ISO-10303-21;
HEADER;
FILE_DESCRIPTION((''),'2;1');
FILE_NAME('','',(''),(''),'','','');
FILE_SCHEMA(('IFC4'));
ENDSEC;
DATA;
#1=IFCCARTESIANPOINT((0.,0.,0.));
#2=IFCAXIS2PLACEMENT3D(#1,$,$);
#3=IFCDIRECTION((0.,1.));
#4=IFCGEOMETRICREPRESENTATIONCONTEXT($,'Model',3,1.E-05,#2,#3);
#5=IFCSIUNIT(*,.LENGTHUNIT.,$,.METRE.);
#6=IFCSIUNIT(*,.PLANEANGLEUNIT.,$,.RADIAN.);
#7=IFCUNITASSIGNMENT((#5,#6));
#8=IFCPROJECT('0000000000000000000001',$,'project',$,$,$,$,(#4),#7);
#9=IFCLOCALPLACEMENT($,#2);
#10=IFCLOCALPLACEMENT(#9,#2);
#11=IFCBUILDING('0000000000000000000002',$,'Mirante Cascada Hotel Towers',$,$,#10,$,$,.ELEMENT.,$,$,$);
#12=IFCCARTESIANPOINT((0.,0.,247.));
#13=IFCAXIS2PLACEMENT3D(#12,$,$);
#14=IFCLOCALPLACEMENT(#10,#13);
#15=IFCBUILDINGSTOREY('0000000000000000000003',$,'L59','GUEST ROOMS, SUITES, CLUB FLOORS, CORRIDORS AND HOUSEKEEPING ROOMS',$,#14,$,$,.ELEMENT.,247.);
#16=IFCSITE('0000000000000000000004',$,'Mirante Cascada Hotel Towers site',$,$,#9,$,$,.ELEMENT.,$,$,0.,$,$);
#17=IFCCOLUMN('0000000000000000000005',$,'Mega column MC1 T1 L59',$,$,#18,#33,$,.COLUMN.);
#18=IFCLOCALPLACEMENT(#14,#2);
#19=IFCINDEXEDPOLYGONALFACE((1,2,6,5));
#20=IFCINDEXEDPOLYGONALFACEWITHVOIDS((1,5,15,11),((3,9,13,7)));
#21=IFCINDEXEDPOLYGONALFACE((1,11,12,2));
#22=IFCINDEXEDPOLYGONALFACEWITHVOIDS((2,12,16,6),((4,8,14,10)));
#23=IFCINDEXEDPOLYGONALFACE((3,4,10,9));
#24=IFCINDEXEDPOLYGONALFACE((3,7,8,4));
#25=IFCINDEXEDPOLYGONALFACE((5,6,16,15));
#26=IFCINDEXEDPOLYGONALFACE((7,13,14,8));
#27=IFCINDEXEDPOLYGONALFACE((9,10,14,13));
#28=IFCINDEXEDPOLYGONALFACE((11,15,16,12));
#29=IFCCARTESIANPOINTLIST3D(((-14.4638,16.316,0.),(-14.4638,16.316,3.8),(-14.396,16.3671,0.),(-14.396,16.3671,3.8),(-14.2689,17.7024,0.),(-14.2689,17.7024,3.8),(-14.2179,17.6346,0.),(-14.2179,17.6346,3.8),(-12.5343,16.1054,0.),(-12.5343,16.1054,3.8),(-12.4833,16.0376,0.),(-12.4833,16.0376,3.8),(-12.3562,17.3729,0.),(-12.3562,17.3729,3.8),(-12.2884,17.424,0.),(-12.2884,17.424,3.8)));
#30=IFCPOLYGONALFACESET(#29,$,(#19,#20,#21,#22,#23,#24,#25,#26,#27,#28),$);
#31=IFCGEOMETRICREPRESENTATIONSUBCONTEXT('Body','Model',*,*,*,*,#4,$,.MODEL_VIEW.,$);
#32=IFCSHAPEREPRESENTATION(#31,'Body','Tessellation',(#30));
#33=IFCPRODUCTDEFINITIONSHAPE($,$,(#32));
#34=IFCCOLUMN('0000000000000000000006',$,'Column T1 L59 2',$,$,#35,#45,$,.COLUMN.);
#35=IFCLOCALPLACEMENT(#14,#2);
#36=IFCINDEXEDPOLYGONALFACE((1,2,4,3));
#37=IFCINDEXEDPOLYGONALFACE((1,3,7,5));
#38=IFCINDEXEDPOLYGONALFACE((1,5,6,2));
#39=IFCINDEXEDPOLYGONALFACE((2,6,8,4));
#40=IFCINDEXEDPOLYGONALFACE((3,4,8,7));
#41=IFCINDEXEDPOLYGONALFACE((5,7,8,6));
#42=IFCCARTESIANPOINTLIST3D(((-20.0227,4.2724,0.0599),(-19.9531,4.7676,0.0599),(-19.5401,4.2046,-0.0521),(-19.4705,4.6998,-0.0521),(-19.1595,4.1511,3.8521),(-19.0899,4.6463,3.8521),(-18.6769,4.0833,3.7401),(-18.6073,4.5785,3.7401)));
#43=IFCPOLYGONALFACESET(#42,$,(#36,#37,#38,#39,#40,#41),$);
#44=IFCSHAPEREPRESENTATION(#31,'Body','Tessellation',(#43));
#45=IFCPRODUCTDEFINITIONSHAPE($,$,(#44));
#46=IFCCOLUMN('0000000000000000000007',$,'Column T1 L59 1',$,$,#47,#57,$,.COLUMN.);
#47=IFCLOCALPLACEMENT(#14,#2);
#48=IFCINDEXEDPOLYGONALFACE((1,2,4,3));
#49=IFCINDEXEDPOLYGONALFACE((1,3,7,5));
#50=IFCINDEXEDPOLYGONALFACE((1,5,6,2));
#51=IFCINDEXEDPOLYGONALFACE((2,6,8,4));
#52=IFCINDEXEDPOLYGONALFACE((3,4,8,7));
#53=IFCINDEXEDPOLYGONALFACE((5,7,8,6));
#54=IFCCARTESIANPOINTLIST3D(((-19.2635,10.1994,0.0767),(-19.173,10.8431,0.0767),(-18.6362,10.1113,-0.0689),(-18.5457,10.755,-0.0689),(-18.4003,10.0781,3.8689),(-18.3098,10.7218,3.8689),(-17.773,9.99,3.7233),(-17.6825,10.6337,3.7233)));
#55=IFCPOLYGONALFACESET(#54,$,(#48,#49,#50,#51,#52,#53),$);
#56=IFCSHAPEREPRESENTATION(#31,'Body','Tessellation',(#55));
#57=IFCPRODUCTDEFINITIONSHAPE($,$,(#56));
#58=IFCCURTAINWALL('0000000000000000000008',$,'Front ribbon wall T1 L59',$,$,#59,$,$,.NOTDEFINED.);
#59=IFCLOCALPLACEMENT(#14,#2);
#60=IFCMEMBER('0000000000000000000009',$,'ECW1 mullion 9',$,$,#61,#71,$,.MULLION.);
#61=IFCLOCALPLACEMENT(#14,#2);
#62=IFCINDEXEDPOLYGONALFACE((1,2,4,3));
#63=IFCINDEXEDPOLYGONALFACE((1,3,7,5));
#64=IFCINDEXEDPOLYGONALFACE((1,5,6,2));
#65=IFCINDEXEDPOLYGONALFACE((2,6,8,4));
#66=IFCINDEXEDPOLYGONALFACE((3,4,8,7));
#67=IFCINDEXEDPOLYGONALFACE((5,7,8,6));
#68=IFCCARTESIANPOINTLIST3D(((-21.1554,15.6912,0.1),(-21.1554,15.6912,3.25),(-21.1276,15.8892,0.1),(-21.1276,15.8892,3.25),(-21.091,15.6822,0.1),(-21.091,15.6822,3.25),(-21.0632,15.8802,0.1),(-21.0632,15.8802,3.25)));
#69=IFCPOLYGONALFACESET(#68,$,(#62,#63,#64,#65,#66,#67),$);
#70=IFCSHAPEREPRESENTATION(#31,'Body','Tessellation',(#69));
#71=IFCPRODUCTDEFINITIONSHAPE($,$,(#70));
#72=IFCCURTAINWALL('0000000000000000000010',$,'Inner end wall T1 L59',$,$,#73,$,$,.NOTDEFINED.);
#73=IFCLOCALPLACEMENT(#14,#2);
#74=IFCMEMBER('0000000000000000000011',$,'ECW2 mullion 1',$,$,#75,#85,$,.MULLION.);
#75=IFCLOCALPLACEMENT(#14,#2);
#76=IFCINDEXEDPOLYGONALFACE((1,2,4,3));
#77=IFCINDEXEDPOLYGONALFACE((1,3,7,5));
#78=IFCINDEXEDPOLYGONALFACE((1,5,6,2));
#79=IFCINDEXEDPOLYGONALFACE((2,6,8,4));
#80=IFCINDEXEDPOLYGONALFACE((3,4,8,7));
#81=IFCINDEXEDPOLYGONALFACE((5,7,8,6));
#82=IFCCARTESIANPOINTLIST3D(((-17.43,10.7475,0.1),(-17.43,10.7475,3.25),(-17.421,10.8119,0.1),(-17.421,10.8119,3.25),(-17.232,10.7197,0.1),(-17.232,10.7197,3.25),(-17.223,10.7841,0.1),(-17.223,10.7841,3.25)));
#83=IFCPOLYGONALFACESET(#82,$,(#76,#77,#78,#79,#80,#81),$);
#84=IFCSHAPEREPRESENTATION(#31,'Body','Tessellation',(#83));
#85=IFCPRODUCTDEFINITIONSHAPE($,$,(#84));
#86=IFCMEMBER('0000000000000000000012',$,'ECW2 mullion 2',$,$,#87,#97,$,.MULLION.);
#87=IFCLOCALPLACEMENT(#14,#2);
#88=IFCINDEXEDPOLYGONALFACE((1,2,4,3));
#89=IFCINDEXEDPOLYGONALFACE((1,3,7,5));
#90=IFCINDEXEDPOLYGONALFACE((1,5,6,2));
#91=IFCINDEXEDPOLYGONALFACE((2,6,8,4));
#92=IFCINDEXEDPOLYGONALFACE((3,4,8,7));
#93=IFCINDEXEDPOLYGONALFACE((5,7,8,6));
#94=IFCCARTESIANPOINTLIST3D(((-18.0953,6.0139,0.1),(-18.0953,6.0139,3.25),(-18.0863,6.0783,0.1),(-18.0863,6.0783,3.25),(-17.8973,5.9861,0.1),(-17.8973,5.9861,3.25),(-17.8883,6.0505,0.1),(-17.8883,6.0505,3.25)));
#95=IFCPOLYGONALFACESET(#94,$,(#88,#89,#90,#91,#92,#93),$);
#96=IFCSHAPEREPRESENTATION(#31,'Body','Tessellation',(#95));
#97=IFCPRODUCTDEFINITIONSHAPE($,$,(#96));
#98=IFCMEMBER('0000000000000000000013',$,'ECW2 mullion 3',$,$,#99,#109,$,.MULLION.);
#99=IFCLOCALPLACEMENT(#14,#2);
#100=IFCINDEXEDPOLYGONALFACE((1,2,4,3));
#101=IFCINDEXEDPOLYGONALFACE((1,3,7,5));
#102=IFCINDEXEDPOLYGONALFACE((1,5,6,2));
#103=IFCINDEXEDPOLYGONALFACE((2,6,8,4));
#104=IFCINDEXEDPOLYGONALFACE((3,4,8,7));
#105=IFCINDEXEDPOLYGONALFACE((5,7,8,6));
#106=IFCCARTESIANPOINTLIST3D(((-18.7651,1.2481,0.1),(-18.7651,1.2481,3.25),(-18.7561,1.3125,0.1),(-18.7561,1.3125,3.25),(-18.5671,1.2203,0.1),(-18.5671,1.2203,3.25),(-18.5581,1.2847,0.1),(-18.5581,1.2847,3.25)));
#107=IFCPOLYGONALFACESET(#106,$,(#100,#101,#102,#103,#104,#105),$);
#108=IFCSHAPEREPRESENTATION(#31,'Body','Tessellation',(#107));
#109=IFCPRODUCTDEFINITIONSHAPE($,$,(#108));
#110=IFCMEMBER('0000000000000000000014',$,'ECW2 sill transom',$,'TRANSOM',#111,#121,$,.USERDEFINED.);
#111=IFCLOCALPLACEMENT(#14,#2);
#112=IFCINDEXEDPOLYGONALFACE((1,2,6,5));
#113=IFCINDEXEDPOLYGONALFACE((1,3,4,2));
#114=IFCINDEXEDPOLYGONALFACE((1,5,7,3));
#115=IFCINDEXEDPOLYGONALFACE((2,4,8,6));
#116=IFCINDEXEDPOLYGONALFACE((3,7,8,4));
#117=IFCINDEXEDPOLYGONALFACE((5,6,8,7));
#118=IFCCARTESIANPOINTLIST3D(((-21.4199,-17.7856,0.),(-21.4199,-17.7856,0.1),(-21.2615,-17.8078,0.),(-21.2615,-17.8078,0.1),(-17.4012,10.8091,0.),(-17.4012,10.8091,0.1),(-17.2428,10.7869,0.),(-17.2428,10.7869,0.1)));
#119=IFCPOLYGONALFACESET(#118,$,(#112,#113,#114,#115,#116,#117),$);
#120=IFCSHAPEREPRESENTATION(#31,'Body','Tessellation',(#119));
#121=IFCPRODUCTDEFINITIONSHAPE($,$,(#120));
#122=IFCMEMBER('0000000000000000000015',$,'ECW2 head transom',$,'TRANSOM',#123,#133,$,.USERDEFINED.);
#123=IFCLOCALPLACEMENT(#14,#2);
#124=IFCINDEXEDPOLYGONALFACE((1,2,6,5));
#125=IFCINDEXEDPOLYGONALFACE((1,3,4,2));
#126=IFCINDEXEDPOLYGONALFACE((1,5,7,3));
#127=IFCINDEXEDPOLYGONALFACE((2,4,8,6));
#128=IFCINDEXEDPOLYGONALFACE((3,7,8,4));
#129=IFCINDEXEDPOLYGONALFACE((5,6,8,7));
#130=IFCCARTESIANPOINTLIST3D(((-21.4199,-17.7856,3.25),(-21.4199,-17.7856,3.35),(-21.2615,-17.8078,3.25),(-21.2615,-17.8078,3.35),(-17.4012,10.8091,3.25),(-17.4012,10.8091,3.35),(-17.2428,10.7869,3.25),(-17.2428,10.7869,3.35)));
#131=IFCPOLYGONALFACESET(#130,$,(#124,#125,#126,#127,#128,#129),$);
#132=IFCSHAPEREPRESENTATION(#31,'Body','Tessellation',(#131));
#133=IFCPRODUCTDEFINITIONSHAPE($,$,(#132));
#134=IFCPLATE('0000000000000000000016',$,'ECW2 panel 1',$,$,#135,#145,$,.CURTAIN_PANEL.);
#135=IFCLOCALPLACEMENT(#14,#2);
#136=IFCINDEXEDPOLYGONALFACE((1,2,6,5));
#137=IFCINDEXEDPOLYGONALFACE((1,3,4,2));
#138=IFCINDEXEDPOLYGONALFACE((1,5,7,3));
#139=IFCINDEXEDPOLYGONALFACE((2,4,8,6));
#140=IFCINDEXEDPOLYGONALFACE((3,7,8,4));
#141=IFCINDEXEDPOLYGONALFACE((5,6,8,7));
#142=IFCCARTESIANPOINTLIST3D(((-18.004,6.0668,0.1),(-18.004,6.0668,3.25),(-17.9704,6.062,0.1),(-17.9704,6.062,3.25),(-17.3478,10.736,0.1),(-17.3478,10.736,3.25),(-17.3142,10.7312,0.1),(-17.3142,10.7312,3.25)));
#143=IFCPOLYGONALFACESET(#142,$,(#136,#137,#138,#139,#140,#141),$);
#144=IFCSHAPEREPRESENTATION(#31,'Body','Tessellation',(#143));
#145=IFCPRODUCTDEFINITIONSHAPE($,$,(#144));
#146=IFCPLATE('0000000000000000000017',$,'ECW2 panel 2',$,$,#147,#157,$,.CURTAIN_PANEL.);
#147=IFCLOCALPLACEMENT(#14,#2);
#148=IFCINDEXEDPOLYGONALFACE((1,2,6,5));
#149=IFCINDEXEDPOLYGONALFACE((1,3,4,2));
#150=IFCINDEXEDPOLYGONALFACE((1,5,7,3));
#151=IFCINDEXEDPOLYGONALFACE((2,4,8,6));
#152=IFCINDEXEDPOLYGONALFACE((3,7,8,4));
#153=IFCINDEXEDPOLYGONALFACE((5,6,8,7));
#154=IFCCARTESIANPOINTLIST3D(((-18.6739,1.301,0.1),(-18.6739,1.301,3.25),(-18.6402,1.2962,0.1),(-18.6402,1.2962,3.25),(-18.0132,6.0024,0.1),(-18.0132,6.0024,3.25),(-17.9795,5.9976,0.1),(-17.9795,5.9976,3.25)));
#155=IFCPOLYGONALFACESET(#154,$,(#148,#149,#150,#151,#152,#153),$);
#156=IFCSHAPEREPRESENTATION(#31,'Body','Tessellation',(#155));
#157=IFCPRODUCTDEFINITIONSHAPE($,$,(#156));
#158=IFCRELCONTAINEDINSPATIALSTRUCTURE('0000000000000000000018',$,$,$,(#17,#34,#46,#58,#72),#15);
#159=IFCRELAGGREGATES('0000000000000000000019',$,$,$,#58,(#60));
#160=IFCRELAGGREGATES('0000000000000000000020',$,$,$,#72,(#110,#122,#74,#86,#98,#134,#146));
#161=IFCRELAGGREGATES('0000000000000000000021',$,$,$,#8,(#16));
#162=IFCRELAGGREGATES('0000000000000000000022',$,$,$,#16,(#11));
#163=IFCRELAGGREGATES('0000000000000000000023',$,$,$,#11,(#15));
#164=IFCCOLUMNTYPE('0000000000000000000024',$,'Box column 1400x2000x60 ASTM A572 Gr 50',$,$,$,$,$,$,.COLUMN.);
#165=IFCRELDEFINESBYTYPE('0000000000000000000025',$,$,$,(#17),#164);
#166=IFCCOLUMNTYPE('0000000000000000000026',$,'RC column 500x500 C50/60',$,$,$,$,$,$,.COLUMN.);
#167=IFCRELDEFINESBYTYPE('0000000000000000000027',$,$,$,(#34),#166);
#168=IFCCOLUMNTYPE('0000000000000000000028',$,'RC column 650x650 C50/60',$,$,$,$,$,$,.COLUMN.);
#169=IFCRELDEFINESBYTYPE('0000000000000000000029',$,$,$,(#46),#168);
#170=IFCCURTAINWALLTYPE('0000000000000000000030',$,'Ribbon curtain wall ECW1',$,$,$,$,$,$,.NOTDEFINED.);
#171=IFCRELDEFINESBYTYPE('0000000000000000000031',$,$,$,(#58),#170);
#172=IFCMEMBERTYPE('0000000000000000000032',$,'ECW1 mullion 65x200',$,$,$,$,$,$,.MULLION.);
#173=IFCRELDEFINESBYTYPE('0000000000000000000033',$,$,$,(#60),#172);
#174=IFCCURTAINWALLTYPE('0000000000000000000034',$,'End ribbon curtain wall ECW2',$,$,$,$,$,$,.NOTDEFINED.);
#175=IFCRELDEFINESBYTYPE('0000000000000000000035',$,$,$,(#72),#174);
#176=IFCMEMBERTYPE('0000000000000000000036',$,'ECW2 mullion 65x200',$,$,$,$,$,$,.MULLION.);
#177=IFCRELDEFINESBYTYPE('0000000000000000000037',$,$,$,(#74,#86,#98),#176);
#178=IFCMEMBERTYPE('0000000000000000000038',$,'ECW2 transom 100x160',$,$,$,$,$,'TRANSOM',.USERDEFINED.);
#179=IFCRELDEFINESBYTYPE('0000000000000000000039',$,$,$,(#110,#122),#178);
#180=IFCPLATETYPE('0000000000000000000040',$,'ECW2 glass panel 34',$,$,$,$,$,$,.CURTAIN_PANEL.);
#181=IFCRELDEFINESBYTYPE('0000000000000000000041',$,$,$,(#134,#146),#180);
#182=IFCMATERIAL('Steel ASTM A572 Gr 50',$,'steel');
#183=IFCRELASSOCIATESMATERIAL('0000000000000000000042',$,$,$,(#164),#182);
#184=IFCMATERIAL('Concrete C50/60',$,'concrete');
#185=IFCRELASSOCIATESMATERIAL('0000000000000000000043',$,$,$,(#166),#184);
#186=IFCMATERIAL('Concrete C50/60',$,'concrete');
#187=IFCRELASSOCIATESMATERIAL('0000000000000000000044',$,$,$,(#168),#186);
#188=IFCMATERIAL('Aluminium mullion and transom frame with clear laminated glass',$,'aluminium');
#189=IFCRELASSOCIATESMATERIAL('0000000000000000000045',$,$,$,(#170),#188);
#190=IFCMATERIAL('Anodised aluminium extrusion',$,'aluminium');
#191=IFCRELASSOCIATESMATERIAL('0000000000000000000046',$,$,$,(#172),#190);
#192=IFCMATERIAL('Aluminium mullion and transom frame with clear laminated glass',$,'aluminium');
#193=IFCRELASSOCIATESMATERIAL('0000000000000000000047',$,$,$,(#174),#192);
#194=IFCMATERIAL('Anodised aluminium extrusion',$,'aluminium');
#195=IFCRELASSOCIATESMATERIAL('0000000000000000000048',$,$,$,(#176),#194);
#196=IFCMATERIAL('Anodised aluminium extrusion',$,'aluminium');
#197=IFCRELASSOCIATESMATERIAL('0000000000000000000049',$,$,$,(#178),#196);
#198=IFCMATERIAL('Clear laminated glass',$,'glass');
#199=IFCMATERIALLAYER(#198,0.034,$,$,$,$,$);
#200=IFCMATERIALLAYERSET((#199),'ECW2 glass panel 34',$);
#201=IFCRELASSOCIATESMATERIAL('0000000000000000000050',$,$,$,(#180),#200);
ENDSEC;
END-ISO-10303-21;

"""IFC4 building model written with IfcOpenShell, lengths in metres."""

from ifc_helpers import new_model, si_unit, direction, frame, origin, origin_2d, place, context, subcontext, project, spatial, rectangle, hollow_rectangle, extrude, material, layer, layer_set, material_profile, profile_set, type_object, element, aggregate, save


model = new_model("IFC4")

# Units and contexts
model_context = context("Model", 3, precision=1e-05, world=origin(), true_north=direction((0.0, 1.0)))
body_context = subcontext(model_context, "Body", "Model", "MODEL_VIEW")
ifc_project = project(units=[si_unit("LENGTHUNIT", "METRE"), si_unit("PLANEANGLEUNIT", "RADIAN")], contexts=[model_context])

# Site, building, storey
site_placement = place(None, origin())
site = spatial("IfcSite", under=ifc_project, at=site_placement, Name="Mirante Cascada Hotel Towers site", CompositionType="ELEMENT", RefElevation=0.0)
building_placement = place(site_placement, origin())
building = spatial("IfcBuilding", under=site, at=building_placement, Name="Mirante Cascada Hotel Towers", CompositionType="ELEMENT")
storey_placement = place(building_placement, frame((0.0, 0.0, 247.0)))
storey = spatial("IfcBuildingStorey", under=building, at=storey_placement, Name="L59", Description="GUEST ROOMS, SUITES, CLUB FLOORS, CORRIDORS AND HOUSEKEEPING ROOMS", CompositionType="ELEMENT", Elevation=247.0)

# Columns
ifc_material_1 = material(Name="Steel ASTM A572 Gr 50", Category="steel")
ifc_material_profile_1 = material_profile(ifc_material_1, hollow_rectangle(XDim=2.0, YDim=1.4, WallThickness=0.06, at=origin_2d()), Name="Box column 1400x2000x60 ASTM A572 Gr 50")
ifc_profile_set_1 = profile_set([ifc_material_profile_1], Name="Steel ASTM A572 Gr 50")
column_type_1 = type_object("IfcColumnType", Name="Box column 1400x2000x60 ASTM A572 Gr 50", PredefinedType="COLUMN", material=ifc_profile_set_1)
column_1_placement = place(storey_placement, frame((-13.3761, 16.87, 0.0), z_axis=(0.0, 0.0, 1.0), x_axis=(-0.990268, 0.139173, 0.0)))
element("IfcColumn", 1, at=column_1_placement, inside=storey, type_object=column_type_1, Name="Mega column MC1 T1 L59", PredefinedType="COLUMN", context=body_context, shape_type="SweptSolid", body=[
    extrude(hollow_rectangle(XDim=2.0, YDim=1.4, WallThickness=0.06, at=origin_2d()), origin(), (0.0, 0.0, 1.0), 3.8),
])
ifc_material_2 = material(Name="Concrete C50/60", Category="concrete")
ifc_material_profile_2 = material_profile(ifc_material_2, rectangle(XDim=0.5, YDim=0.5, at=origin_2d()), Name="RC column 500x500 C50/60")
ifc_profile_set_2 = profile_set([ifc_material_profile_2], Name="Concrete C50/60")
column_type_2 = type_object("IfcColumnType", Name="RC column 500x500 C50/60", PredefinedType="COLUMN", material=ifc_profile_set_2)
column_2_placement = place(storey_placement, frame((-19.7466, 4.4861, 0.0039), z_axis=(0.22184, -0.031174, 0.974585), x_axis=(0.139156, 0.99027, 0.0)))
element("IfcColumn", 2, at=column_2_placement, inside=storey, type_object=column_type_2, Name="Column T1 L59 2", PredefinedType="COLUMN", context=body_context, shape_type="SweptSolid", body=[
    extrude(rectangle(XDim=0.5, YDim=0.5, at=origin_2d()), origin(), (0.0, 0.0, 1.0), 3.8911),
])
ifc_material_3 = material(Name="Concrete C50/60", Category="concrete")
ifc_material_profile_3 = material_profile(ifc_material_3, rectangle(XDim=0.65, YDim=0.65, at=origin_2d()), Name="RC column 650x650 C50/60")
ifc_profile_set_3 = profile_set([ifc_material_profile_3], Name="Concrete C50/60")
column_type_3 = type_object("IfcColumnType", Name="RC column 650x650 C50/60", PredefinedType="COLUMN", material=ifc_profile_set_3)
column_3_placement = place(storey_placement, frame((-18.9046, 10.4772, 0.0039), z_axis=(0.22184, -0.031174, 0.974585), x_axis=(0.139156, 0.99027, 0.0)))
element("IfcColumn", 3, at=column_3_placement, inside=storey, type_object=column_type_3, Name="Column T1 L59 1", PredefinedType="COLUMN", context=body_context, shape_type="SweptSolid", body=[
    extrude(rectangle(XDim=0.65, YDim=0.65, at=origin_2d()), origin(), (0.0, 0.0, 1.0), 3.8911),
])

# Curtain wall, member
ifc_material_4 = material(Name="Aluminium mullion and transom frame with clear laminated glass", Category="aluminium")
curtain_wall_type_1 = type_object("IfcCurtainWallType", Name="Ribbon curtain wall ECW1", PredefinedType="NOTDEFINED", material=ifc_material_4)
curtain_wall_1_placement = place(storey_placement, origin())
curtain_wall_1 = element("IfcCurtainWall", 4, at=curtain_wall_1_placement, inside=storey, type_object=curtain_wall_type_1, Name="Front ribbon wall T1 L59", PredefinedType="NOTDEFINED")
ifc_material_5 = material(Name="Anodised aluminium extrusion", Category="aluminium")
ifc_material_profile_4 = material_profile(ifc_material_5, rectangle(XDim=0.2, YDim=0.065, at=origin_2d()), Name="ECW1 MULLION 65x200")
ifc_profile_set_4 = profile_set([ifc_material_profile_4], Name="Anodised aluminium extrusion")
member_type_1 = type_object("IfcMemberType", Name="ECW1 mullion 65x200", PredefinedType="MULLION", material=ifc_profile_set_4)
member_1_placement = place(storey_placement, frame((-21.1093, 15.7857, 0.1), z_axis=(0.0, 0.0, 1.0), x_axis=(0.139173, 0.990268, 0.0)))
member_1 = element("IfcMember", 5, at=member_1_placement, type_object=member_type_1, Name="ECW1 mullion 9", PredefinedType="MULLION", context=body_context, shape_type="SweptSolid", body=[
    extrude(rectangle(XDim=0.2, YDim=0.065, at=origin_2d()), origin(), (0.0, 0.0, 1.0), 3.15),
])
aggregate(curtain_wall_1, [member_1])

# Curtain wall, members, plates
ifc_material_6 = material(Name="Aluminium mullion and transom frame with clear laminated glass", Category="aluminium")
curtain_wall_type_2 = type_object("IfcCurtainWallType", Name="End ribbon curtain wall ECW2", PredefinedType="NOTDEFINED", material=ifc_material_6)
curtain_wall_2_placement = place(storey_placement, origin())
curtain_wall_2 = element("IfcCurtainWall", 6, at=curtain_wall_2_placement, inside=storey, type_object=curtain_wall_type_2, Name="Inner end wall T1 L59", PredefinedType="NOTDEFINED")
ifc_material_7 = material(Name="Anodised aluminium extrusion", Category="aluminium")
ifc_material_profile_5 = material_profile(ifc_material_7, rectangle(XDim=0.2, YDim=0.065, at=origin_2d()), Name="ECW2 MULLION 65x200")
ifc_profile_set_5 = profile_set([ifc_material_profile_5], Name="Anodised aluminium extrusion")
member_type_2 = type_object("IfcMemberType", Name="ECW2 mullion 65x200", PredefinedType="MULLION", material=ifc_profile_set_5)
member_2_placement = place(storey_placement, frame((-17.3265, 10.7658, 0.1), z_axis=(0.0, 0.0, 1.0), x_axis=(0.990268, -0.139173, 0.0)))
member_2 = element("IfcMember", 7, at=member_2_placement, type_object=member_type_2, Name="ECW2 mullion 1", PredefinedType="MULLION", context=body_context, shape_type="SweptSolid", body=[
    extrude(rectangle(XDim=0.2, YDim=0.065, at=origin_2d()), origin(), (0.0, 0.0, 1.0), 3.15),
])
member_3_placement = place(storey_placement, frame((-17.9918, 6.0322, 0.1), z_axis=(0.0, 0.0, 1.0), x_axis=(0.990268, -0.139173, 0.0)))
member_3 = element("IfcMember", 8, at=member_3_placement, type_object=member_type_2, Name="ECW2 mullion 2", PredefinedType="MULLION", context=body_context, shape_type="SweptSolid", body=[
    extrude(rectangle(XDim=0.2, YDim=0.065, at=origin_2d()), origin(), (0.0, 0.0, 1.0), 3.15),
])
member_4_placement = place(storey_placement, frame((-18.6616, 1.2664, 0.1), z_axis=(0.0, 0.0, 1.0), x_axis=(0.990268, -0.139173, 0.0)))
member_4 = element("IfcMember", 9, at=member_4_placement, type_object=member_type_2, Name="ECW2 mullion 3", PredefinedType="MULLION", context=body_context, shape_type="SweptSolid", body=[
    extrude(rectangle(XDim=0.2, YDim=0.065, at=origin_2d()), origin(), (0.0, 0.0, 1.0), 3.15),
])
ifc_material_8 = material(Name="Anodised aluminium extrusion", Category="aluminium")
ifc_material_profile_6 = material_profile(ifc_material_8, rectangle(XDim=0.16, YDim=0.1, at=origin_2d()), Name="ECW2 TRANSOM 100x160")
ifc_profile_set_6 = profile_set([ifc_material_profile_6], Name="Anodised aluminium extrusion")
member_type_3 = type_object("IfcMemberType", Name="ECW2 transom 100x160", ElementType="TRANSOM", PredefinedType="USERDEFINED", material=ifc_profile_set_6)
member_5_placement = place(storey_placement, frame((-17.322, 10.798, 0.05), z_axis=(-0.139172, -0.990268, 0.0), x_axis=(0.990268, -0.139172, 0.0)))
member_5 = element("IfcMember", 10, at=member_5_placement, type_object=member_type_3, Name="ECW2 sill transom", ObjectType="TRANSOM", PredefinedType="USERDEFINED", context=body_context, shape_type="SweptSolid", body=[
    extrude(rectangle(XDim=0.16, YDim=0.1, at=origin_2d()), origin(), (0.0, 0.0, 1.0), 28.8757),
])
member_6_placement = place(storey_placement, frame((-17.322, 10.798, 3.3), z_axis=(-0.139172, -0.990268, 0.0), x_axis=(0.990268, -0.139172, 0.0)))
member_6 = element("IfcMember", 11, at=member_6_placement, type_object=member_type_3, Name="ECW2 head transom", ObjectType="TRANSOM", PredefinedType="USERDEFINED", context=body_context, shape_type="SweptSolid", body=[
    extrude(rectangle(XDim=0.16, YDim=0.1, at=origin_2d()), origin(), (0.0, 0.0, 1.0), 28.8757),
])
ifc_material_9 = material(Name="Clear laminated glass", Category="glass")
ifc_layer_1 = layer(ifc_material_9, 0.034)
ifc_layer_set_1 = layer_set([ifc_layer_1], Name="ECW2 glass panel 34")
plate_type = type_object("IfcPlateType", Name="ECW2 glass panel 34", PredefinedType="CURTAIN_PANEL", material=ifc_layer_set_1)
plate_1_placement = place(storey_placement, frame((-17.6591, 8.399, 0.1), z_axis=(0.0, 0.0, 1.0), x_axis=(-0.139173, -0.990268, 0.0)))
plate_1 = element("IfcPlate", 12, at=plate_1_placement, type_object=plate_type, Name="ECW2 panel 1", PredefinedType="CURTAIN_PANEL", context=body_context, shape_type="SweptSolid", body=[
    extrude(rectangle(XDim=4.7151, YDim=0.034, at=origin_2d()), origin(), (0.0, 0.0, 1.0), 3.15),
])
plate_2_placement = place(storey_placement, frame((-18.3267, 3.6493, 0.1), z_axis=(0.0, 0.0, 1.0), x_axis=(-0.139173, -0.990268, 0.0)))
plate_2 = element("IfcPlate", 13, at=plate_2_placement, type_object=plate_type, Name="ECW2 panel 2", PredefinedType="CURTAIN_PANEL", context=body_context, shape_type="SweptSolid", body=[
    extrude(rectangle(XDim=4.7476, YDim=0.034, at=origin_2d()), origin(), (0.0, 0.0, 1.0), 3.15),
])
aggregate(curtain_wall_2, [member_5, member_6, member_2, member_3, member_4, plate_1, plate_2])

save(model, "model.ifc")
